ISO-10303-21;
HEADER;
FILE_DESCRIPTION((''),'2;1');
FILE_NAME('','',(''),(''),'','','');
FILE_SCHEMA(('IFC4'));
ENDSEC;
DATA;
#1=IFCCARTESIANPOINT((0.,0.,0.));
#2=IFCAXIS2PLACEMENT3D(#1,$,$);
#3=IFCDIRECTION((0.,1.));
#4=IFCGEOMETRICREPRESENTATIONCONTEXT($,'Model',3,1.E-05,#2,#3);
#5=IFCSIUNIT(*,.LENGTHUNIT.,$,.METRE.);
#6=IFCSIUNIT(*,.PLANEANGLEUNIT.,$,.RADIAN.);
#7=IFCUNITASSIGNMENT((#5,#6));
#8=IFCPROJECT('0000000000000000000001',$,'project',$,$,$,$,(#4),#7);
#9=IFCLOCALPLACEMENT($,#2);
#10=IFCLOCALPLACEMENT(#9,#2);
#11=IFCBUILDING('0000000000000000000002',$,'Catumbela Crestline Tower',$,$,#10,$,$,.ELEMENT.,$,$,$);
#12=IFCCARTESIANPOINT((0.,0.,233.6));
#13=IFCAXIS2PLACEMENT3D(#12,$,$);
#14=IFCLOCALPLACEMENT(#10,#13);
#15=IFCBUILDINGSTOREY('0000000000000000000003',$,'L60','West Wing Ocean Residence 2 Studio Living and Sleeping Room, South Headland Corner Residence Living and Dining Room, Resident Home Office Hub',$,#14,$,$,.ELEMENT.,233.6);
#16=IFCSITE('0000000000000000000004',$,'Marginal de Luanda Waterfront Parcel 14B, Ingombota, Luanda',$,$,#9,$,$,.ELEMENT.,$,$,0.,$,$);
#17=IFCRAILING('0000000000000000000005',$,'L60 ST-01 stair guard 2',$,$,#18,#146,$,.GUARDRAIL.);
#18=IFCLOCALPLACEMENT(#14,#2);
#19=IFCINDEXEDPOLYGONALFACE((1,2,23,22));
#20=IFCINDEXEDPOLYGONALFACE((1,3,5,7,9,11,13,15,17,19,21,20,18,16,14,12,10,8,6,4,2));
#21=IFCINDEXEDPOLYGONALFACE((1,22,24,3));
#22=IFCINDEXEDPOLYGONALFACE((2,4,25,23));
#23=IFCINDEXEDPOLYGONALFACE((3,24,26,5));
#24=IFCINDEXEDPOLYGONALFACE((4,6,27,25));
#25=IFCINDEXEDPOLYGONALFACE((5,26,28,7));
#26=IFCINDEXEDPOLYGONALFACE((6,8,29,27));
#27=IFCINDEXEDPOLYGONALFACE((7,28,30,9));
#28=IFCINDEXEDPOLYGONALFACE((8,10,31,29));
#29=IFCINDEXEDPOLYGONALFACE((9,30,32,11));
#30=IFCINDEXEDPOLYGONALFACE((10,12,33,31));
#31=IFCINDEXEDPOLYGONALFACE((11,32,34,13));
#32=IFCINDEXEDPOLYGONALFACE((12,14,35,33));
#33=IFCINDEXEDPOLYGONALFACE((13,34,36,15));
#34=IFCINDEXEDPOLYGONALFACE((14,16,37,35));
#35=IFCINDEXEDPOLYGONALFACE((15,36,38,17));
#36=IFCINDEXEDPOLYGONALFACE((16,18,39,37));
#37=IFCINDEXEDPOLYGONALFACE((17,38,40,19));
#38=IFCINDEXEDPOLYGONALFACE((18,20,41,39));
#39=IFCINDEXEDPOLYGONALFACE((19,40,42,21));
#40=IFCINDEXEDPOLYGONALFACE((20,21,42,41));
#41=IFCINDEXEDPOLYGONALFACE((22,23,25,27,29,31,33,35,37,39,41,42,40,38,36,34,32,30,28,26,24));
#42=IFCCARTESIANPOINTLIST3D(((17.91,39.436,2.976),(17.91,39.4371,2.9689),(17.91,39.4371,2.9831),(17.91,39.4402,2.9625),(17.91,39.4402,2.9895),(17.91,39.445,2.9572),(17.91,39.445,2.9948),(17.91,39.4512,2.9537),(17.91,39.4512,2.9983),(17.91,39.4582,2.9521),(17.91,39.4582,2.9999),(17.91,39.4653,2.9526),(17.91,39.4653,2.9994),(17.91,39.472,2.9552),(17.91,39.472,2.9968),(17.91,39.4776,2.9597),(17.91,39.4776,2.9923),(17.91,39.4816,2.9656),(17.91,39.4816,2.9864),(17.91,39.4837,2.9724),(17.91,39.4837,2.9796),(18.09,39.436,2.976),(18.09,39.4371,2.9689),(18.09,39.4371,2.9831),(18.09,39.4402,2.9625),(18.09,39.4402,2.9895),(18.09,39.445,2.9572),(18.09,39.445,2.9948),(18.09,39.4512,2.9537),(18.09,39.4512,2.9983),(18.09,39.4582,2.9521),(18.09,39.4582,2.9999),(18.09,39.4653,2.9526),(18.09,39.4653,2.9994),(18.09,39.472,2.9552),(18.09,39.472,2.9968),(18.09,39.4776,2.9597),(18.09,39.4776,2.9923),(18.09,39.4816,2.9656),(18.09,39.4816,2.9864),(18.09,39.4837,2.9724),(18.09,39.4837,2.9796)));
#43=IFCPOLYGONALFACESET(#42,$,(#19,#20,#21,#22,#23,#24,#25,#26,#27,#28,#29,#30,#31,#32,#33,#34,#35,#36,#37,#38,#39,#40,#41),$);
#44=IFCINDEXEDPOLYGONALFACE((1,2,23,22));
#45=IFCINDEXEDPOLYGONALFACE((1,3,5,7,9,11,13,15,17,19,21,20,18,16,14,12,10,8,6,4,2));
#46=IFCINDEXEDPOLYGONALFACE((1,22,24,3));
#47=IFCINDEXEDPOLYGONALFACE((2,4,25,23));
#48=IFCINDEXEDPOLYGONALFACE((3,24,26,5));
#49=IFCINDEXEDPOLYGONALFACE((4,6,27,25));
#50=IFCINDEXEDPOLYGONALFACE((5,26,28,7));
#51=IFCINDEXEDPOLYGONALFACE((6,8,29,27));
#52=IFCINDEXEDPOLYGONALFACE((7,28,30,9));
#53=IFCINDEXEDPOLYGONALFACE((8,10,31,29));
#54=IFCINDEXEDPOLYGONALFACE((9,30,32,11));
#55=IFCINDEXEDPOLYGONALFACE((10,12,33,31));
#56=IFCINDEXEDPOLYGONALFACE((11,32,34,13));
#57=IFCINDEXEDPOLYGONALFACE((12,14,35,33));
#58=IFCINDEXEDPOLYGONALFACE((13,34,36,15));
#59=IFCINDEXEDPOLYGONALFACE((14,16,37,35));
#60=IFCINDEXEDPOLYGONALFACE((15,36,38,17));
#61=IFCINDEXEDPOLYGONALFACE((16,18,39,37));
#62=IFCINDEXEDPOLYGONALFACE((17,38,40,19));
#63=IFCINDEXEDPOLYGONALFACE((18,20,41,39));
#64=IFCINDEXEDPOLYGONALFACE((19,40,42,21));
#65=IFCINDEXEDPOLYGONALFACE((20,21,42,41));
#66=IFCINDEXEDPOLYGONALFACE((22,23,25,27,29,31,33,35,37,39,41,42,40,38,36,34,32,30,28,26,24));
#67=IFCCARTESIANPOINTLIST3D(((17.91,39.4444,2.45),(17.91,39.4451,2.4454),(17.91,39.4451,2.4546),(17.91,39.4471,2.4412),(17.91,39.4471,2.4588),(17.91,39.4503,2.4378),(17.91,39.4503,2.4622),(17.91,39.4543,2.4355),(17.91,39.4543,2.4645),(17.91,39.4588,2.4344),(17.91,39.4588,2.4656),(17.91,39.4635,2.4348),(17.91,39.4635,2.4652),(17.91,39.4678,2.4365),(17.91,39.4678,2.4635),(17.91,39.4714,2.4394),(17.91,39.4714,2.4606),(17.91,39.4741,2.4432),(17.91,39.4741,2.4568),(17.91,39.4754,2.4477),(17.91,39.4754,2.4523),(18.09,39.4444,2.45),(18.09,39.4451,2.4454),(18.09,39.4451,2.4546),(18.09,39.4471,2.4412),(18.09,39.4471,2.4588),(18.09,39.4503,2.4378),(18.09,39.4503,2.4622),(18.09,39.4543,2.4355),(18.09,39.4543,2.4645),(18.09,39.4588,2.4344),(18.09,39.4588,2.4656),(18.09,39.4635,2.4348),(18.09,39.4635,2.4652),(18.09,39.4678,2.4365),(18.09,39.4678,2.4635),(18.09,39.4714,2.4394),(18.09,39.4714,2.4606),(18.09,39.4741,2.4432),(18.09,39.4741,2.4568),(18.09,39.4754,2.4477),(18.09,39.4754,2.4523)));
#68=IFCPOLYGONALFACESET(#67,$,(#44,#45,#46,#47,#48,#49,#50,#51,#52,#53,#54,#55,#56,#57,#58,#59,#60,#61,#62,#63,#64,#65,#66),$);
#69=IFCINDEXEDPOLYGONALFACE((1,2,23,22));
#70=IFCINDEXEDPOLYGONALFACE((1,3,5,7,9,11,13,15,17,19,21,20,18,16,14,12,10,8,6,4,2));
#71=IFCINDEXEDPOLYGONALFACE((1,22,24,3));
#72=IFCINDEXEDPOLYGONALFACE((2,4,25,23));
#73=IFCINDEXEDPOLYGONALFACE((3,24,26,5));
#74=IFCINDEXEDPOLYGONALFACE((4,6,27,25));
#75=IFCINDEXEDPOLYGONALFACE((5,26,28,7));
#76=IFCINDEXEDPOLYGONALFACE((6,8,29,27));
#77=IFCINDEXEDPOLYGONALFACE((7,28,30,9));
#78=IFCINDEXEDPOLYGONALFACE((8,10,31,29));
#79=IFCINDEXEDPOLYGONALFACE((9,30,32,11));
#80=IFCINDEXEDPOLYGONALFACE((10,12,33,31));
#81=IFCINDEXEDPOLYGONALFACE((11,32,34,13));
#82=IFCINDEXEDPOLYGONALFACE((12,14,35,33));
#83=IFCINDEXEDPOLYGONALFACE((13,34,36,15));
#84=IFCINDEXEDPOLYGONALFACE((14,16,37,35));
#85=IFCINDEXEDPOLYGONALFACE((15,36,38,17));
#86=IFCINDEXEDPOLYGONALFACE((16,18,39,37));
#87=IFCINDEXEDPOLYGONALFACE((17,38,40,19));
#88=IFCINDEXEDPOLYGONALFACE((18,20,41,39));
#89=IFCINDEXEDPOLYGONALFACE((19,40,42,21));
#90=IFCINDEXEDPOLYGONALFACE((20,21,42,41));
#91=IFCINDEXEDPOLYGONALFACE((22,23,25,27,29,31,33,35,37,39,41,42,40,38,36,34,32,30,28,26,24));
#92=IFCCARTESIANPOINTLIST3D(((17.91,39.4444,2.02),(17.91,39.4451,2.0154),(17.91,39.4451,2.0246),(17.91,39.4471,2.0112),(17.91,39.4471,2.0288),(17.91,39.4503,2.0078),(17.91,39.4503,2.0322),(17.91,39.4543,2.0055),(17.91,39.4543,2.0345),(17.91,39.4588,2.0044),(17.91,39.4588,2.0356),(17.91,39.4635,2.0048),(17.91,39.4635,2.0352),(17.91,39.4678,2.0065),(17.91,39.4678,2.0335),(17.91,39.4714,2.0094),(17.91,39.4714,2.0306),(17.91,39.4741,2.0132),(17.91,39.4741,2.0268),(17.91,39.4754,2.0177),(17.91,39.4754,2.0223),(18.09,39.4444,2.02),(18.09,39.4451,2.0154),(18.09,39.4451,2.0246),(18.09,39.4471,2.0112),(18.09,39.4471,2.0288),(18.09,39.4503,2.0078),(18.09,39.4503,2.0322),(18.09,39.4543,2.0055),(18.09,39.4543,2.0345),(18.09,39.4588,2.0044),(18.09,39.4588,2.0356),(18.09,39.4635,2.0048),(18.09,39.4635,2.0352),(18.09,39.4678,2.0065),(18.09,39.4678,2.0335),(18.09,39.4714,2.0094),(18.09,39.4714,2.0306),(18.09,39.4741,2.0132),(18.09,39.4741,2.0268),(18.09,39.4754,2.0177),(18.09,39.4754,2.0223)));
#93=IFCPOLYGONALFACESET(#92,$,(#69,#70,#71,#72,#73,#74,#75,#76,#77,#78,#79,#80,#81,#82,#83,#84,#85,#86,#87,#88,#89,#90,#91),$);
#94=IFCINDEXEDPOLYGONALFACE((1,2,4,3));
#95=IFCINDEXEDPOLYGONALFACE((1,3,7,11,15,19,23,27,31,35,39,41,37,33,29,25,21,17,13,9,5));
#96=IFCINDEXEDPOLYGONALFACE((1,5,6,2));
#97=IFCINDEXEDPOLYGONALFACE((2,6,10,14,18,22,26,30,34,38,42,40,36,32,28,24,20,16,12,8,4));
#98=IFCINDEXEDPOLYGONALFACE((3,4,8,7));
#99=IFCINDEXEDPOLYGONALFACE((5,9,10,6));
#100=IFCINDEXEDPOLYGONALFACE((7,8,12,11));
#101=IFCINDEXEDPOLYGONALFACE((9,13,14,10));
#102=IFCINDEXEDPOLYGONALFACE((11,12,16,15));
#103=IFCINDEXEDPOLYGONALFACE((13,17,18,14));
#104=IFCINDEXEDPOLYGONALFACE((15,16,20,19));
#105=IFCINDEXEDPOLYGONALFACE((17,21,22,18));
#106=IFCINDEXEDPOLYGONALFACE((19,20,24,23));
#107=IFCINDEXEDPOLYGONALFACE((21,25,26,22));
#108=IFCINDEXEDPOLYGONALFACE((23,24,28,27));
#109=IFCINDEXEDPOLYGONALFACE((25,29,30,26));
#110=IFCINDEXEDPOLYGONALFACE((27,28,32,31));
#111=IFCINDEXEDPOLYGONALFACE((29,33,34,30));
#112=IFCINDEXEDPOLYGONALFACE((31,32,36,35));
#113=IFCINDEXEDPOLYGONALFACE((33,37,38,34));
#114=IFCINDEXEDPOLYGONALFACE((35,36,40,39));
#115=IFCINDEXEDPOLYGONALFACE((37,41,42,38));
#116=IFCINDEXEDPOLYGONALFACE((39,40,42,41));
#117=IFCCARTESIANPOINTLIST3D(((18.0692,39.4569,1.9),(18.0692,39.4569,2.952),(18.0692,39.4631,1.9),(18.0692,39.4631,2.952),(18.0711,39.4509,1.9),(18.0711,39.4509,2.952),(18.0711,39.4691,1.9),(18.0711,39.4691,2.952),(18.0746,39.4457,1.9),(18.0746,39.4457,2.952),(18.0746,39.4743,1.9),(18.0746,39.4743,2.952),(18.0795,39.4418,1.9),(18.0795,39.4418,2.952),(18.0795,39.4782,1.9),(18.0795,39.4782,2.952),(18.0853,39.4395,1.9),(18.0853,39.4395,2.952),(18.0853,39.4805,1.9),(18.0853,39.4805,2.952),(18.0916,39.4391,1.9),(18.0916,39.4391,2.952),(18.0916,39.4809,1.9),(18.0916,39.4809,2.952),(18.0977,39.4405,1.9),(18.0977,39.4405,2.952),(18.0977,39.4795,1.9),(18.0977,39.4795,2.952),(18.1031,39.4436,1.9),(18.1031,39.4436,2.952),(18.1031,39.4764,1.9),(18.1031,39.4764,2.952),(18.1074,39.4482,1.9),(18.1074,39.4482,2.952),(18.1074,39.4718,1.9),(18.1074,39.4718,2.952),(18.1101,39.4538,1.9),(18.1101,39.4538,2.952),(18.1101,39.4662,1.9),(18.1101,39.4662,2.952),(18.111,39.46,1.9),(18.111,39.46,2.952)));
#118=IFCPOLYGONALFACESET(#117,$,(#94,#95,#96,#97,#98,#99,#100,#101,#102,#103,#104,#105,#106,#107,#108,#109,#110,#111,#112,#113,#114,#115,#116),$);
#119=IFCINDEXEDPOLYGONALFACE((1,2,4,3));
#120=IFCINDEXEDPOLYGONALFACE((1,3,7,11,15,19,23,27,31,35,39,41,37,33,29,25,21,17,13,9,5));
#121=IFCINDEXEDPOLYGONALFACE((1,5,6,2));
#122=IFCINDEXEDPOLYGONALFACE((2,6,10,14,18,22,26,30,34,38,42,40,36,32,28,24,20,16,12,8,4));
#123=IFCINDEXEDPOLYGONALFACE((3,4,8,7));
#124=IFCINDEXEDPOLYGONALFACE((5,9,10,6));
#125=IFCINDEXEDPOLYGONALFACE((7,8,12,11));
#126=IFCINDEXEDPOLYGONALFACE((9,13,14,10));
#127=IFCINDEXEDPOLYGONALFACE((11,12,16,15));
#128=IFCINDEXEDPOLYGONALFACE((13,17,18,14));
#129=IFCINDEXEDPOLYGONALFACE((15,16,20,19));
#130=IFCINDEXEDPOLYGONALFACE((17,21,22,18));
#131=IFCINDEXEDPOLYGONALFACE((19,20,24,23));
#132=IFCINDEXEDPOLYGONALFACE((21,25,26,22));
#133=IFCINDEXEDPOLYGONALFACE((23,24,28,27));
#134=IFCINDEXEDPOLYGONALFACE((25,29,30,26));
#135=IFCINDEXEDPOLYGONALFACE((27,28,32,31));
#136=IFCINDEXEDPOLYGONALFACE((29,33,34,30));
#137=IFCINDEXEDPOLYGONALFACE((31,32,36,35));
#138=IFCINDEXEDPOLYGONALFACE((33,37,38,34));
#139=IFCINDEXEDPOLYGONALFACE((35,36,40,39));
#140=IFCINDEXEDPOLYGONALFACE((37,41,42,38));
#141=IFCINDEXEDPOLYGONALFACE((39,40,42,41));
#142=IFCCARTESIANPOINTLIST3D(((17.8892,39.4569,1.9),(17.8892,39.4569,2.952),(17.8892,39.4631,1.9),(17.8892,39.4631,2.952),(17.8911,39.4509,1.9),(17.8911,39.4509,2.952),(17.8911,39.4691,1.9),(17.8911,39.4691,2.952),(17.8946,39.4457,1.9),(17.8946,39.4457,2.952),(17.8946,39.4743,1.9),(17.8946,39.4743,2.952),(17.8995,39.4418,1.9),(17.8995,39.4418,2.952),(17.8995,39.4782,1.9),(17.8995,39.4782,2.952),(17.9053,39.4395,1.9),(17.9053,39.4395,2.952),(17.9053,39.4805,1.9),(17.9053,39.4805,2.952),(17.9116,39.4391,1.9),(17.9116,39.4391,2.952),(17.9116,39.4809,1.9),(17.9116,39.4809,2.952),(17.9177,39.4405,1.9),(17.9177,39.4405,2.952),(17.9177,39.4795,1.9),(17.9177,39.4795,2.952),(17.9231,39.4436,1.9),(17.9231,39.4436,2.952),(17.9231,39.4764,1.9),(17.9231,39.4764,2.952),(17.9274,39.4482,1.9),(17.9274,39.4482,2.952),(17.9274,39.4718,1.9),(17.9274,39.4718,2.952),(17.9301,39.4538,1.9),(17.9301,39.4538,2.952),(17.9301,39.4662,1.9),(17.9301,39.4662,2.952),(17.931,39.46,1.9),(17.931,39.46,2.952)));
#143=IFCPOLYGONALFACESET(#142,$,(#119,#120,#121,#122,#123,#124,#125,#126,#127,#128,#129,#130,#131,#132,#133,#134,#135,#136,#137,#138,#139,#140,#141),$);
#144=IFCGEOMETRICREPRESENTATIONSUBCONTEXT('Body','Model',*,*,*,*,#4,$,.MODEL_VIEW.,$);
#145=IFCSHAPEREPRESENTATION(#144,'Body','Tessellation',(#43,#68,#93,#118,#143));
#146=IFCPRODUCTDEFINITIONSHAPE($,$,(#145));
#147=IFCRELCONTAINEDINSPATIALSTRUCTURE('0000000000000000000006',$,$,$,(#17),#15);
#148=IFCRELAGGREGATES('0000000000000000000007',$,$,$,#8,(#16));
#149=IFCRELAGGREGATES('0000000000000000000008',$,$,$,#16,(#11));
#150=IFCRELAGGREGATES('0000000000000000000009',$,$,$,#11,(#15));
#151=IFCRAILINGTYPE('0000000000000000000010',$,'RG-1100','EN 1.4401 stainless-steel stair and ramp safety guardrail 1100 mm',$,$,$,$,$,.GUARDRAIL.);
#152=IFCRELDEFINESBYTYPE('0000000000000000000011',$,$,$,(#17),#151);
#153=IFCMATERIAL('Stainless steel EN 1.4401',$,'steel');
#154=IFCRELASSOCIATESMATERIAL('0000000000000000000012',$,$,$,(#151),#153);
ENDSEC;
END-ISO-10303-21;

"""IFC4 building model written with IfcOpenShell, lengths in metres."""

from ifc_helpers import new_model, si_unit, direction, frame, origin, origin_2d, place, context, subcontext, project, spatial, circle, extrude, material, type_object, element, save


model = new_model("IFC4")

# Units and contexts
model_context = context("Model", 3, precision=1e-05, world=origin(), true_north=direction((0.0, 1.0)))
body_context = subcontext(model_context, "Body", "Model", "MODEL_VIEW")
ifc_project = project(units=[si_unit("LENGTHUNIT", "METRE"), si_unit("PLANEANGLEUNIT", "RADIAN")], contexts=[model_context])

# Site, building, storey
site_placement = place(None, origin())
site = spatial("IfcSite", under=ifc_project, at=site_placement, Name="Marginal de Luanda Waterfront Parcel 14B, Ingombota, Luanda", CompositionType="ELEMENT", RefElevation=0.0)
building_placement = place(site_placement, origin())
building = spatial("IfcBuilding", under=site, at=building_placement, Name="Catumbela Crestline Tower", CompositionType="ELEMENT")
storey_placement = place(building_placement, frame((0.0, 0.0, 233.6)))
storey = spatial("IfcBuildingStorey", under=building, at=storey_placement, Name="L60", Description="West Wing Ocean Residence 2 Studio Living and Sleeping Room, South Headland Corner Residence Living and Dining Room, Resident Home Office Hub", CompositionType="ELEMENT", Elevation=233.6)

# Shared definitions
ifc_material_1 = material(Name="Stainless steel EN 1.4401", Category="steel")

# Railing
railing_type_1 = type_object("IfcRailingType", Name="RG-1100", Description="EN 1.4401 stainless-steel stair and ramp safety guardrail 1100 mm", PredefinedType="GUARDRAIL", material=ifc_material_1)
railing_1_placement = place(storey_placement, frame((18.09, 39.46, 1.9)))
element("IfcRailing", 1, at=railing_1_placement, inside=storey, type_object=railing_type_1, Name="L60 ST-01 stair guard 2", PredefinedType="GUARDRAIL", context=body_context, shape_type="SweptSolid", body=[
    extrude(circle(Radius=0.024, at=origin_2d()), frame((0.0, 0.0, 1.076), z_axis=(-1.0, 0.0, 0.0), x_axis=(0.0, -1.0, 0.0)), (0.0, 0.0, 1.0), 0.18),
    extrude(circle(Radius=0.0156, at=origin_2d()), frame((0.0, 0.0, 0.55), z_axis=(-1.0, 0.0, 0.0), x_axis=(0.0, -1.0, 0.0)), (0.0, 0.0, 1.0), 0.18),
    extrude(circle(Radius=0.0156, at=origin_2d()), frame((0.0, 0.0, 0.12), z_axis=(-1.0, 0.0, 0.0), x_axis=(0.0, -1.0, 0.0)), (0.0, 0.0, 1.0), 0.18),
    extrude(circle(Radius=0.021, at=origin_2d()), origin(), (0.0, 0.0, 1.0), 1.052),
    extrude(circle(Radius=0.021, at=origin_2d()), frame((-0.18, 0.0, 0.0)), (0.0, 0.0, 1.0), 1.052),
])

save(model, "model.ifc")
